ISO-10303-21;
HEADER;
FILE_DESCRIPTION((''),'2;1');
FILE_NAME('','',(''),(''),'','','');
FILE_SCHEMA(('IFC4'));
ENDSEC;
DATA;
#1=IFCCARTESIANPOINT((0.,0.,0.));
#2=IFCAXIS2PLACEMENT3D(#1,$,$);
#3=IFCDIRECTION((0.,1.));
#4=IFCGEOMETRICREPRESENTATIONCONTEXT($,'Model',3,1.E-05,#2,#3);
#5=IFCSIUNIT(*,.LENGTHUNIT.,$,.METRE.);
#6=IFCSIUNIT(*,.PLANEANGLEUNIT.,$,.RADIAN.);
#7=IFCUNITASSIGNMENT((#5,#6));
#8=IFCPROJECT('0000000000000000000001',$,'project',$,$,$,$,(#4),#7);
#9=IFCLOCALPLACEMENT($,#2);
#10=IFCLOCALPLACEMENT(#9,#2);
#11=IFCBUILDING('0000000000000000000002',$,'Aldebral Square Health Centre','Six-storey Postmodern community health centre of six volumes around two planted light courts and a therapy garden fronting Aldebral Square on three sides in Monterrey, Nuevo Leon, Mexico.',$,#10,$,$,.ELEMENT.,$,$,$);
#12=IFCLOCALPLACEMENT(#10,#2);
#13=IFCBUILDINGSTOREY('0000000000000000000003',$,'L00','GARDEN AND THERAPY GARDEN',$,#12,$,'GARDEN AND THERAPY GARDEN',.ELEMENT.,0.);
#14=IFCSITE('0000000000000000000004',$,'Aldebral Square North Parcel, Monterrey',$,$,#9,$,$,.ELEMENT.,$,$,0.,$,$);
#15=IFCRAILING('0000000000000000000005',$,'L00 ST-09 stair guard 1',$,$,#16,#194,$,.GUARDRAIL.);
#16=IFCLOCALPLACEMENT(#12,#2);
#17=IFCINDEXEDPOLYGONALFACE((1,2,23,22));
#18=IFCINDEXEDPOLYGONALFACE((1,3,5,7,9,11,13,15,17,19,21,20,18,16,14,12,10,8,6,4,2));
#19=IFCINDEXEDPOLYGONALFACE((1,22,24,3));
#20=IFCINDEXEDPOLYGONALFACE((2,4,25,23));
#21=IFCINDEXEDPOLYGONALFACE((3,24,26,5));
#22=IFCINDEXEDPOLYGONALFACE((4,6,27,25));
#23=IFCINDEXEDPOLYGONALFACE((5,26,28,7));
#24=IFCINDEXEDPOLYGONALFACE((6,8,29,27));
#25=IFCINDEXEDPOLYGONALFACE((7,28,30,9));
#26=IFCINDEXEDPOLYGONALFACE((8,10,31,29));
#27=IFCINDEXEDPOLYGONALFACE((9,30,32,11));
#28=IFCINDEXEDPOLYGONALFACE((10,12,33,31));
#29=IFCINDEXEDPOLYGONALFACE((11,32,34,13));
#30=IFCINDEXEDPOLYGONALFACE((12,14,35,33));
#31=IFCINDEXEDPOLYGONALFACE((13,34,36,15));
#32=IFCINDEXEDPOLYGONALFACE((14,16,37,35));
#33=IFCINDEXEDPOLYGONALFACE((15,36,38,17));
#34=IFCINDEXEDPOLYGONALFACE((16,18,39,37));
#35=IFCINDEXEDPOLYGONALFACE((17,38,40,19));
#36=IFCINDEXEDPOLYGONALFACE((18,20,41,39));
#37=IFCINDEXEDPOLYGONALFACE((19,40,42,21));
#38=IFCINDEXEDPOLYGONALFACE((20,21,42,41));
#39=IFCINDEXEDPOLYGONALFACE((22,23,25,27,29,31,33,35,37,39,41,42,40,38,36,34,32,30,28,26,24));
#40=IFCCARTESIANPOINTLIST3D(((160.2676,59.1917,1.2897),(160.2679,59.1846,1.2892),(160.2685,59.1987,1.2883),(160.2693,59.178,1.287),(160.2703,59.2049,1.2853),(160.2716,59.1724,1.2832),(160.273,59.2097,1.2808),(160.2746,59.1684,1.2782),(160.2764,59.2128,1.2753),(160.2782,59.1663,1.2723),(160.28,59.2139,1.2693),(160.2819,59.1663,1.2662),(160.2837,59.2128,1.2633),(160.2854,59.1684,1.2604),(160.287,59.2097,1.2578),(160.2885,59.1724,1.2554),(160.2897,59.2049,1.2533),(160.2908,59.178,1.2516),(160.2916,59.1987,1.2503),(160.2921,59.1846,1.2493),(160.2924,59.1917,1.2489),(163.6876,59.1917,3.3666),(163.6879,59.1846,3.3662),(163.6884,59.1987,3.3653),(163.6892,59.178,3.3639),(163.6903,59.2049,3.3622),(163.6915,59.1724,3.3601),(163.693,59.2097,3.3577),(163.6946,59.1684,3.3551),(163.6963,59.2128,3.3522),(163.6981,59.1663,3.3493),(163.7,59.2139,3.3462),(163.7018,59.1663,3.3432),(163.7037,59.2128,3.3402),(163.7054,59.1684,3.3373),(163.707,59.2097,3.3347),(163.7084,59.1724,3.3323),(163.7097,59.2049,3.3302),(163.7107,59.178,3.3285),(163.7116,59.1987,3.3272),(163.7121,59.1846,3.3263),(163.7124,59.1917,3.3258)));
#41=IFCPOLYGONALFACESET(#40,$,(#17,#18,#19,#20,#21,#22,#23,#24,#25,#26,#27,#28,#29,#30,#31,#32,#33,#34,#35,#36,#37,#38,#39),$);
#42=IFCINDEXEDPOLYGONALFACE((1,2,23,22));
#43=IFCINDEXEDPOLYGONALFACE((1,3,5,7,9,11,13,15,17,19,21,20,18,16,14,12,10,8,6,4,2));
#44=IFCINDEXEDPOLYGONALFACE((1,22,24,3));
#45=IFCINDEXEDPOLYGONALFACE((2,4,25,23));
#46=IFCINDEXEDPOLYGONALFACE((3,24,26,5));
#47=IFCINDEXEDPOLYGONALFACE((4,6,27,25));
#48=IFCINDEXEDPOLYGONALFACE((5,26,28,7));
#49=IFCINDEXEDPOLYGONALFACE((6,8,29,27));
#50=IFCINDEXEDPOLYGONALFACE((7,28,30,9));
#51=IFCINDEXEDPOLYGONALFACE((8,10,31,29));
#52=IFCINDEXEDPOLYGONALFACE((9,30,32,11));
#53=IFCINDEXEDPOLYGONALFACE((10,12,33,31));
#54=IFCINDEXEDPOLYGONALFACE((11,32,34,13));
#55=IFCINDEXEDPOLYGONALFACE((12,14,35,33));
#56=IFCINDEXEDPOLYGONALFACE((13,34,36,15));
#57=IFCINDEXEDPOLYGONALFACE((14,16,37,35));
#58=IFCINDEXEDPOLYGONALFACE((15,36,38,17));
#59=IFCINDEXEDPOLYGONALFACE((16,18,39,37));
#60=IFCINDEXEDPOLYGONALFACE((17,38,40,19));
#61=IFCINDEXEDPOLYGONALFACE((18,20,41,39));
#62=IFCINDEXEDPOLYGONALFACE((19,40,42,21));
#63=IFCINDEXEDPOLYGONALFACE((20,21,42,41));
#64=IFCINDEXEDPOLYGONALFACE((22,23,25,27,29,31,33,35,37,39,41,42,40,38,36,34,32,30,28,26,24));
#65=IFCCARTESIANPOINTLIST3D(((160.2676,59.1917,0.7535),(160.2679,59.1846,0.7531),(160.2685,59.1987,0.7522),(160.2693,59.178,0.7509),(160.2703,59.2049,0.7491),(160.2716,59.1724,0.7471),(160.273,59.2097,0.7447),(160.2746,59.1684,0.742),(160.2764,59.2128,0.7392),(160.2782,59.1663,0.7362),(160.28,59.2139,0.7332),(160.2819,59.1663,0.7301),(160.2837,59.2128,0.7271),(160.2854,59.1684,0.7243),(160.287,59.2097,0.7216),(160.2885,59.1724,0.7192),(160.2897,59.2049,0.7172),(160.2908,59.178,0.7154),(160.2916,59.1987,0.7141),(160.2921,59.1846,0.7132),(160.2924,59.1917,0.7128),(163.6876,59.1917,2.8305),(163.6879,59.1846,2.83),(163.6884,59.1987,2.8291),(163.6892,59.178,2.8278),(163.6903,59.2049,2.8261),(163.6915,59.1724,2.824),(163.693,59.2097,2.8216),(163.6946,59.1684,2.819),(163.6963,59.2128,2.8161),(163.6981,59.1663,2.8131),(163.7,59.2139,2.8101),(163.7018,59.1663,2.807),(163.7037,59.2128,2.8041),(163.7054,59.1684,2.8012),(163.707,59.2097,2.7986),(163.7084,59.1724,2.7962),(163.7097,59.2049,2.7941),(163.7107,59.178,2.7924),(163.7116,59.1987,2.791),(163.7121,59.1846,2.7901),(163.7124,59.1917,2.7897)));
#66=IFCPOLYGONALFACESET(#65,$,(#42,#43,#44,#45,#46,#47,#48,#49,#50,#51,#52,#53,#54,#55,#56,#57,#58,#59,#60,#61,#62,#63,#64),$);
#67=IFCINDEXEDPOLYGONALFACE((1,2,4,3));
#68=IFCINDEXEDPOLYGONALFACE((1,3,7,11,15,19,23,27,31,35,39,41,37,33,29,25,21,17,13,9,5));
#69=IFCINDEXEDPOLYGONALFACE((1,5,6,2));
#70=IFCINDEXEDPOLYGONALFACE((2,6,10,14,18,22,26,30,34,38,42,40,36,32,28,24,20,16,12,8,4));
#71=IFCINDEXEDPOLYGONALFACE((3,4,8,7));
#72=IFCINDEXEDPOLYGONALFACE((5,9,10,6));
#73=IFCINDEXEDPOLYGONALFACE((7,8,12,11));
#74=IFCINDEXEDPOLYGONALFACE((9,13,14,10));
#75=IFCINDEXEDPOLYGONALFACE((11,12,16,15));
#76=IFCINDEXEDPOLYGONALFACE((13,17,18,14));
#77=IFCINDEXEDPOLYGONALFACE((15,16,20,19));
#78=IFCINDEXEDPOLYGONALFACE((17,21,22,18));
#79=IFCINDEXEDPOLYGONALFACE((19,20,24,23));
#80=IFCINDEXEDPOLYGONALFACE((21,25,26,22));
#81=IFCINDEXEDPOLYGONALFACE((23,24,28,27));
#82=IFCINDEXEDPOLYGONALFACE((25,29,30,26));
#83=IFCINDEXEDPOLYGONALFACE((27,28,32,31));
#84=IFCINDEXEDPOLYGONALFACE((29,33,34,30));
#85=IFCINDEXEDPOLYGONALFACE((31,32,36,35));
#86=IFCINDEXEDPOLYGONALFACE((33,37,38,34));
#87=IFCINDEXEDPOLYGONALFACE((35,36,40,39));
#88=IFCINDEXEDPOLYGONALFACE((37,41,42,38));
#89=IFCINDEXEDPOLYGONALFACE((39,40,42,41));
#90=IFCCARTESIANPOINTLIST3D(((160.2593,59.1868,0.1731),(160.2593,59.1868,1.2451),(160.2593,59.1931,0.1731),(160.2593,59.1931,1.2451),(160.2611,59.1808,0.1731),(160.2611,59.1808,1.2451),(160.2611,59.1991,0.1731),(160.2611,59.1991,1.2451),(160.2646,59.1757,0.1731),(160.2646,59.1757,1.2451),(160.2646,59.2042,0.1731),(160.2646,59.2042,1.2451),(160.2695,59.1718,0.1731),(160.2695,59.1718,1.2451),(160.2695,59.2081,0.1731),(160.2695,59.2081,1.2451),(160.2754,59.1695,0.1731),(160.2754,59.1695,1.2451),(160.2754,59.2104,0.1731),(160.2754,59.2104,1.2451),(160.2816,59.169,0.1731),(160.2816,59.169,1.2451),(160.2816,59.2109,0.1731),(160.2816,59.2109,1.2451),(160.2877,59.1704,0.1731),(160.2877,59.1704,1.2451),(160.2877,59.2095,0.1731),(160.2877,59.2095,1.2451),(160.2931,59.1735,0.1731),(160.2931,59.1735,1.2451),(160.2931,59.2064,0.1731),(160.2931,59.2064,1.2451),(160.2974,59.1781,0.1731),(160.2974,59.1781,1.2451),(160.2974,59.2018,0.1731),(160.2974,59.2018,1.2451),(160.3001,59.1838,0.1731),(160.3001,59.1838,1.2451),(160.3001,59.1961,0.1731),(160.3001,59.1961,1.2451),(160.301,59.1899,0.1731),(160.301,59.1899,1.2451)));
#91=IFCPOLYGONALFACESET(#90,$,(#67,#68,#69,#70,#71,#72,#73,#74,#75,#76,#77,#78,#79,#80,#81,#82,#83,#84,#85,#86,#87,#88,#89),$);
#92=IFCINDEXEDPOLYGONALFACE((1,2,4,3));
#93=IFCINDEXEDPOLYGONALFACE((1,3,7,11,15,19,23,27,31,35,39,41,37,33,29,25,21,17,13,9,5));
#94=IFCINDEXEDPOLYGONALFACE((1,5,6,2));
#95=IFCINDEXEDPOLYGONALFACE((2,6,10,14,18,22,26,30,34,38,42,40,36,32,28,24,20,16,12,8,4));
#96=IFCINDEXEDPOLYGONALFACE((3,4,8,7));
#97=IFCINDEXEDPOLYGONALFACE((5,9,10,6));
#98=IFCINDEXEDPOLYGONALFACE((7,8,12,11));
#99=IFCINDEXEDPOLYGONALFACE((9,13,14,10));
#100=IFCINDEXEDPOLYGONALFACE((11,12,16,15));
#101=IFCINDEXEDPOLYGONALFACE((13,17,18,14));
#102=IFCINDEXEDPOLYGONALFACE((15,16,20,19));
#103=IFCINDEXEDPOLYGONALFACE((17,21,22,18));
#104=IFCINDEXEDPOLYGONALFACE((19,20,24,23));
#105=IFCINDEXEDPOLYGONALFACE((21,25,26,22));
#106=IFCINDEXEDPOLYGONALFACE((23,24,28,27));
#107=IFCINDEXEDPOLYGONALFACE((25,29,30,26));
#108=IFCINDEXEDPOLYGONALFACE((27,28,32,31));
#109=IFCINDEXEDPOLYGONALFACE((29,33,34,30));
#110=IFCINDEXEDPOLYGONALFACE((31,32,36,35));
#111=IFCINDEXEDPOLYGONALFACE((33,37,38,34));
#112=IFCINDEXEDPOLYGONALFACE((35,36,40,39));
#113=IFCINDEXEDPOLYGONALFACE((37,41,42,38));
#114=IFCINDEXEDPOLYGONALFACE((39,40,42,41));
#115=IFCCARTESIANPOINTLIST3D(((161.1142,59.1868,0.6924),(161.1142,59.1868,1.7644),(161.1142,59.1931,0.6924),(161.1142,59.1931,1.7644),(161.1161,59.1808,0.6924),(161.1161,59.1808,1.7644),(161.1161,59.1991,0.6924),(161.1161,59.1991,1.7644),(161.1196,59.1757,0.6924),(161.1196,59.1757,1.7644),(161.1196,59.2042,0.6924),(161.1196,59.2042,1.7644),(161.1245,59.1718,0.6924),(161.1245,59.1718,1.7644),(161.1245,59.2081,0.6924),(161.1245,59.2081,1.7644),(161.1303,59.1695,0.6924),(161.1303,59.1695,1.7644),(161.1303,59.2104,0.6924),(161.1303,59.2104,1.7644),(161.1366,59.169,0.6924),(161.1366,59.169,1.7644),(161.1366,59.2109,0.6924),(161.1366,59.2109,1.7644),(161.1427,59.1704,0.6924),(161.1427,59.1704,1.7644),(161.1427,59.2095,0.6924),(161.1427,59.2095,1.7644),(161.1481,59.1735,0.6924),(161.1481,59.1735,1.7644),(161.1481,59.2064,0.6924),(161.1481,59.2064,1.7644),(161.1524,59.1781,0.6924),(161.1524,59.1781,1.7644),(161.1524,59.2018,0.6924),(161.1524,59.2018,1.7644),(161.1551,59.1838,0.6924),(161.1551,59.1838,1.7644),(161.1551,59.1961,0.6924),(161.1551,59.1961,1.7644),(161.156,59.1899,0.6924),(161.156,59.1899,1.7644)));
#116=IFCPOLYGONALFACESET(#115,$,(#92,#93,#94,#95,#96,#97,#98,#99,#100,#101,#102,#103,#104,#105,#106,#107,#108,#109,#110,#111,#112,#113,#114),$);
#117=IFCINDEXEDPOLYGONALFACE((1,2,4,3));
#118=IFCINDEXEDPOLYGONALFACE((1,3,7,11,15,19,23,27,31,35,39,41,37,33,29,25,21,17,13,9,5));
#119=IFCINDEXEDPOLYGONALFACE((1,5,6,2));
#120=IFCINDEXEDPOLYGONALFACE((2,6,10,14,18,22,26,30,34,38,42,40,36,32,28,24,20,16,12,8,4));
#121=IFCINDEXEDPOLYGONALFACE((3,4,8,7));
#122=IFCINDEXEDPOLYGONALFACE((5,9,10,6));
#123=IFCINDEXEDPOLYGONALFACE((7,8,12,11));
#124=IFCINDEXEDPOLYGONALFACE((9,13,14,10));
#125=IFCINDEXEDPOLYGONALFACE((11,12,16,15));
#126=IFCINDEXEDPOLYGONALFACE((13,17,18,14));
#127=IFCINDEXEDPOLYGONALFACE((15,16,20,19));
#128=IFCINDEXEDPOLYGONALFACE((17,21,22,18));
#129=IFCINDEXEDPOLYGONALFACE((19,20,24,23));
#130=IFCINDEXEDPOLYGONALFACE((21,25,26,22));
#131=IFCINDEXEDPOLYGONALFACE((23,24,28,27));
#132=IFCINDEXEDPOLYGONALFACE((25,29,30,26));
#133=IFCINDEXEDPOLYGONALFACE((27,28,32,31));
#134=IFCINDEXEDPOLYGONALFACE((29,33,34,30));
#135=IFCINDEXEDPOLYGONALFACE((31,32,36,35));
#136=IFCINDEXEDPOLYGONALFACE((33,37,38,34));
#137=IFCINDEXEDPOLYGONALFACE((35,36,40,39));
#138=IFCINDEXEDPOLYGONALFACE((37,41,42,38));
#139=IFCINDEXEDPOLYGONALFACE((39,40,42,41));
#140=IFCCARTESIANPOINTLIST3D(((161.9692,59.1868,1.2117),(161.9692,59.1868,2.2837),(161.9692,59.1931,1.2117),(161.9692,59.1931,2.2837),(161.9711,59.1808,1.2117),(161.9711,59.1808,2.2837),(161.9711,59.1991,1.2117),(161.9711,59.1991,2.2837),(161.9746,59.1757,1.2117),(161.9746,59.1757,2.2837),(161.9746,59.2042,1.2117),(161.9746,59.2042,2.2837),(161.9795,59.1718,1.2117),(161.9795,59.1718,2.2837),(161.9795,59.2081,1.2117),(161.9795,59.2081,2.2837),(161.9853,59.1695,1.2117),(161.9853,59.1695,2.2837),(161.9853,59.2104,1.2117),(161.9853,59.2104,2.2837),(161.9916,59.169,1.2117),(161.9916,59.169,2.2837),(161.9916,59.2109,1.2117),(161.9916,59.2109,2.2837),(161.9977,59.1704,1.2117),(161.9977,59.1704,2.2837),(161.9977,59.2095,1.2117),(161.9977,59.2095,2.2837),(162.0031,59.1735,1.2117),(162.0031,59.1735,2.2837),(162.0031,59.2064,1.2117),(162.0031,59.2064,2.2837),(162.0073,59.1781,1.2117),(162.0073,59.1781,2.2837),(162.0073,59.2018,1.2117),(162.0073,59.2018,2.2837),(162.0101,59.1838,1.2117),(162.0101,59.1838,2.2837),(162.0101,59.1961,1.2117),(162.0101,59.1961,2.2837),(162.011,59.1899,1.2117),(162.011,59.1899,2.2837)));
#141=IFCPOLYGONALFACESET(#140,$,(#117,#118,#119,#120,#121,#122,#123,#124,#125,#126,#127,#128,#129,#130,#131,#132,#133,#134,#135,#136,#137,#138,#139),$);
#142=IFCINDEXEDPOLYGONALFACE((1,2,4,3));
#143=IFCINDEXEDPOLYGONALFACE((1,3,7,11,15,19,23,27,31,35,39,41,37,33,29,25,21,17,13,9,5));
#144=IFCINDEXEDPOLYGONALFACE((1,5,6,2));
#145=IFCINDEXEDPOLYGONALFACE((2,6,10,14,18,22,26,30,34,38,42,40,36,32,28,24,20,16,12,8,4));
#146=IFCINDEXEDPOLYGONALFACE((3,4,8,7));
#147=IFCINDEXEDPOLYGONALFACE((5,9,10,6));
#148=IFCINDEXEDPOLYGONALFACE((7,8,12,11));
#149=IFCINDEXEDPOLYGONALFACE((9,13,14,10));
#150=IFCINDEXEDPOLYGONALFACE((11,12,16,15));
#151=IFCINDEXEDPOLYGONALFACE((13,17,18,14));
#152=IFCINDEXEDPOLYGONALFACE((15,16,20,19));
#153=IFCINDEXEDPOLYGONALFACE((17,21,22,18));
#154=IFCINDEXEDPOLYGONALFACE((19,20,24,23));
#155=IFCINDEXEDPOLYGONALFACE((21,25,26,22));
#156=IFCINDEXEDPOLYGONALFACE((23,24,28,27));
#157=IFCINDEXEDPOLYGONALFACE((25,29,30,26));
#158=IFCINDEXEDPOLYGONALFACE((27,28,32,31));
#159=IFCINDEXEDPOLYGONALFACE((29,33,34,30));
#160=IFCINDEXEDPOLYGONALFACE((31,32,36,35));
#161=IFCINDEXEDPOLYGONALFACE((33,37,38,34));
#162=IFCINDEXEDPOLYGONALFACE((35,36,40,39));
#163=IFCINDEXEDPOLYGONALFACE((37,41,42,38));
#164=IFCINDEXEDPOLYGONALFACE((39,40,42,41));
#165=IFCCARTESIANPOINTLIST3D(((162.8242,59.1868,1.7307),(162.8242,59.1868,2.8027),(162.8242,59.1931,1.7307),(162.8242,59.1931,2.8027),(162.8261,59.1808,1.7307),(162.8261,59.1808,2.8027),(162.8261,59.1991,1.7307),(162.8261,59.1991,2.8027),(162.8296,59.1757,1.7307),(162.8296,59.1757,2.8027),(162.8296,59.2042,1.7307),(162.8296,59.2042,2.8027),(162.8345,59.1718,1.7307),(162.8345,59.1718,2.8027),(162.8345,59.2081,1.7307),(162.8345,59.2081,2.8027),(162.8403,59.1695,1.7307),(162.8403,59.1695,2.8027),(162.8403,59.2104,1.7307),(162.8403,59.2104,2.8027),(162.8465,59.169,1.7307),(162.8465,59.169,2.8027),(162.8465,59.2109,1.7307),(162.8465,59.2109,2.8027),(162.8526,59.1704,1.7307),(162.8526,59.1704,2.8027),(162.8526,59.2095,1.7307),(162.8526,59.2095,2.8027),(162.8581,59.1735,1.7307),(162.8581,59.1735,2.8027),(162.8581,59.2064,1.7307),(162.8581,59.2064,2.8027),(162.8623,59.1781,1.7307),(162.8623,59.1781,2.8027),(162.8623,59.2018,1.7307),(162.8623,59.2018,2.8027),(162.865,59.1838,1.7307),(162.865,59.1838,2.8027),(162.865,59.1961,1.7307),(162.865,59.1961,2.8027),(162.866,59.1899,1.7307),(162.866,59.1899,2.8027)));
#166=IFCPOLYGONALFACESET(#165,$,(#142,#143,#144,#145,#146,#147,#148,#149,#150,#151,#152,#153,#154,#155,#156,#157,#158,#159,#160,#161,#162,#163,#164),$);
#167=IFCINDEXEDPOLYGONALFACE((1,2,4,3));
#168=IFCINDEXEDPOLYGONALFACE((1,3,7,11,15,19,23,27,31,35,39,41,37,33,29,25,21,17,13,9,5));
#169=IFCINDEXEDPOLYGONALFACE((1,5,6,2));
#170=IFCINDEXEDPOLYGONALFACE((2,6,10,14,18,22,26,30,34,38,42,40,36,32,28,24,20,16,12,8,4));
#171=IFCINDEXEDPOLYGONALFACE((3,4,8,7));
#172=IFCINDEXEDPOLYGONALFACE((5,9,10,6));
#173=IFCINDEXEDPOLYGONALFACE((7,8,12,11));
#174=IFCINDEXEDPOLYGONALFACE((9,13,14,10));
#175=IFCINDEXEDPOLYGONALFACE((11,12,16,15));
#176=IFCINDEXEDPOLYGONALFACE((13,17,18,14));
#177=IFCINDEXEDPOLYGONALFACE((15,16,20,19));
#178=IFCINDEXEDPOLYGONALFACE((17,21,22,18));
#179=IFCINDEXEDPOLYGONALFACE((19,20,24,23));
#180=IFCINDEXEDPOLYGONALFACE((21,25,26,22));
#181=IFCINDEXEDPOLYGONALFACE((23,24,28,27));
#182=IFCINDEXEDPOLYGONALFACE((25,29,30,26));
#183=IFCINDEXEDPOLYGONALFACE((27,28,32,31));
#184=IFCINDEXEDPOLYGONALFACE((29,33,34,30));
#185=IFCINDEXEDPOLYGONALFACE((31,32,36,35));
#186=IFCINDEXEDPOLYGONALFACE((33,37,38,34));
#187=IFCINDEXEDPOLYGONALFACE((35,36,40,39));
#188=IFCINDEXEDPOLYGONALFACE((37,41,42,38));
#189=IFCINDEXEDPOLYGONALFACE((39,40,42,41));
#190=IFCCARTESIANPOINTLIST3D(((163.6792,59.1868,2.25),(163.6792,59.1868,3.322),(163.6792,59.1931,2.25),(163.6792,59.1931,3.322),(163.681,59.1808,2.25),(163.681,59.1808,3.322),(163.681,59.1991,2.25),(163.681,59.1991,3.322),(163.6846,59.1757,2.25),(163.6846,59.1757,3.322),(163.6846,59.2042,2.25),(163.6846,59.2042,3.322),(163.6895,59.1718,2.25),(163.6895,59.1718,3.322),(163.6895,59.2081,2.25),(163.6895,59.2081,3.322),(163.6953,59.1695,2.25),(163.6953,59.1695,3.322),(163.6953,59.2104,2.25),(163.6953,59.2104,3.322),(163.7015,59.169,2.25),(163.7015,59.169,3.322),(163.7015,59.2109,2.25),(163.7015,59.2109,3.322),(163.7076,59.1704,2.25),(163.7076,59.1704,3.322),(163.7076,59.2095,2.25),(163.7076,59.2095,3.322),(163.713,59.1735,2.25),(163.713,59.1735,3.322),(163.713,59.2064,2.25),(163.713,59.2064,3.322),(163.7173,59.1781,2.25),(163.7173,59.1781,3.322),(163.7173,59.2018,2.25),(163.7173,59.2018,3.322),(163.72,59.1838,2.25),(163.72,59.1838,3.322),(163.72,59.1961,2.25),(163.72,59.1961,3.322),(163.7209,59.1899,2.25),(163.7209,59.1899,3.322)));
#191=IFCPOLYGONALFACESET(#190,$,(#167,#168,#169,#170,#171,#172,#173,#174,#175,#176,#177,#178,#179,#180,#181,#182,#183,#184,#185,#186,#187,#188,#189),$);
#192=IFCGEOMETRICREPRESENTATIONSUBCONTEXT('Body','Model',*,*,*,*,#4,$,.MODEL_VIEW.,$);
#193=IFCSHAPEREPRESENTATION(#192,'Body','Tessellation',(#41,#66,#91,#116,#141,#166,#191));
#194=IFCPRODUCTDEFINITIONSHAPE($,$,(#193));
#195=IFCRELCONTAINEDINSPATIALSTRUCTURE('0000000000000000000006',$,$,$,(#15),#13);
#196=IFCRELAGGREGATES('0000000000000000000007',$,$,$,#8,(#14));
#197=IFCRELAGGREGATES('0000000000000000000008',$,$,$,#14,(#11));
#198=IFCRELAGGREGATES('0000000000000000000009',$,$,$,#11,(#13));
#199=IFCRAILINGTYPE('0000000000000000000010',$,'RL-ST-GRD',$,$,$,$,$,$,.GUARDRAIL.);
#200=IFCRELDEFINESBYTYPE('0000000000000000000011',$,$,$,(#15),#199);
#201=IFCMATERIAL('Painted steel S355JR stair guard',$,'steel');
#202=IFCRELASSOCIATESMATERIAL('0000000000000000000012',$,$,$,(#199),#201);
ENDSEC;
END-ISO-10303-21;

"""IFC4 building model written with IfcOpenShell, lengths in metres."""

from ifc_helpers import new_model, si_unit, direction, frame, origin, origin_2d, place, context, subcontext, project, spatial, circle, extrude, material, type_object, element, save


model = new_model("IFC4")

# Units and contexts
model_context = context("Model", 3, precision=1e-05, world=origin(), true_north=direction((0.0, 1.0)))
body_context = subcontext(model_context, "Body", "Model", "MODEL_VIEW")
ifc_project = project(units=[si_unit("LENGTHUNIT", "METRE"), si_unit("PLANEANGLEUNIT", "RADIAN")], contexts=[model_context])

# Site, building, storey
site_placement = place(None, origin())
site = spatial("IfcSite", under=ifc_project, at=site_placement, Name="Aldebral Square North Parcel, Monterrey", CompositionType="ELEMENT", RefElevation=0.0)
building_placement = place(site_placement, origin())
building = spatial("IfcBuilding", under=site, at=building_placement, Name="Aldebral Square Health Centre", Description="Six-storey Postmodern community health centre of six volumes around two planted light courts and a therapy garden fronting Aldebral Square on three sides in Monterrey, Nuevo Leon, Mexico.", CompositionType="ELEMENT")
storey_placement = place(building_placement, origin())
storey = spatial("IfcBuildingStorey", under=building, at=storey_placement, Name="L00", Description="GARDEN AND THERAPY GARDEN", LongName="GARDEN AND THERAPY GARDEN", CompositionType="ELEMENT", Elevation=0.0)

# Railing
ifc_material_1 = material(Name="Painted steel S355JR stair guard", Category="steel")
railing_type_1 = type_object("IfcRailingType", Name="RL-ST-GRD", PredefinedType="GUARDRAIL", material=ifc_material_1)
railing_1_placement = place(storey_placement, frame((160.28, 59.1899, 0.1731)))
element("IfcRailing", 1, at=railing_1_placement, inside=storey, type_object=railing_type_1, Name="L00 ST-09 stair guard 1", PredefinedType="GUARDRAIL", context=body_context, shape_type="SweptSolid", body=[
    extrude(circle(Radius=0.0239, at=origin_2d()), frame((0.0, 0.0, 1.0962), z_axis=(0.85473, 0.0, 0.519074), x_axis=(0.0, 1.0, 0.0)), (0.0, 0.0, 1.0), 4.0012),
    extrude(circle(Radius=0.0239, at=origin_2d()), frame((0.0, 0.0, 0.5601), z_axis=(0.85473, 0.0, 0.519074), x_axis=(0.0, 1.0, 0.0)), (0.0, 0.0, 1.0), 4.0012),
    extrude(circle(Radius=0.021, at=origin_2d()), origin(), (0.0, 0.0, 1.0), 1.072),
    extrude(circle(Radius=0.021, at=origin_2d()), frame((0.855, 0.0, 0.5193)), (0.0, 0.0, 1.0), 1.072),
    extrude(circle(Radius=0.021, at=origin_2d()), frame((1.71, 0.0, 1.0386)), (0.0, 0.0, 1.0), 1.072),
    extrude(circle(Radius=0.021, at=origin_2d()), frame((2.5649, 0.0, 1.5576)), (0.0, 0.0, 1.0), 1.072),
    extrude(circle(Radius=0.021, at=origin_2d()), frame((3.4199, 0.0, 2.0769)), (0.0, 0.0, 1.0), 1.072),
])

save(model, "model.ifc")
